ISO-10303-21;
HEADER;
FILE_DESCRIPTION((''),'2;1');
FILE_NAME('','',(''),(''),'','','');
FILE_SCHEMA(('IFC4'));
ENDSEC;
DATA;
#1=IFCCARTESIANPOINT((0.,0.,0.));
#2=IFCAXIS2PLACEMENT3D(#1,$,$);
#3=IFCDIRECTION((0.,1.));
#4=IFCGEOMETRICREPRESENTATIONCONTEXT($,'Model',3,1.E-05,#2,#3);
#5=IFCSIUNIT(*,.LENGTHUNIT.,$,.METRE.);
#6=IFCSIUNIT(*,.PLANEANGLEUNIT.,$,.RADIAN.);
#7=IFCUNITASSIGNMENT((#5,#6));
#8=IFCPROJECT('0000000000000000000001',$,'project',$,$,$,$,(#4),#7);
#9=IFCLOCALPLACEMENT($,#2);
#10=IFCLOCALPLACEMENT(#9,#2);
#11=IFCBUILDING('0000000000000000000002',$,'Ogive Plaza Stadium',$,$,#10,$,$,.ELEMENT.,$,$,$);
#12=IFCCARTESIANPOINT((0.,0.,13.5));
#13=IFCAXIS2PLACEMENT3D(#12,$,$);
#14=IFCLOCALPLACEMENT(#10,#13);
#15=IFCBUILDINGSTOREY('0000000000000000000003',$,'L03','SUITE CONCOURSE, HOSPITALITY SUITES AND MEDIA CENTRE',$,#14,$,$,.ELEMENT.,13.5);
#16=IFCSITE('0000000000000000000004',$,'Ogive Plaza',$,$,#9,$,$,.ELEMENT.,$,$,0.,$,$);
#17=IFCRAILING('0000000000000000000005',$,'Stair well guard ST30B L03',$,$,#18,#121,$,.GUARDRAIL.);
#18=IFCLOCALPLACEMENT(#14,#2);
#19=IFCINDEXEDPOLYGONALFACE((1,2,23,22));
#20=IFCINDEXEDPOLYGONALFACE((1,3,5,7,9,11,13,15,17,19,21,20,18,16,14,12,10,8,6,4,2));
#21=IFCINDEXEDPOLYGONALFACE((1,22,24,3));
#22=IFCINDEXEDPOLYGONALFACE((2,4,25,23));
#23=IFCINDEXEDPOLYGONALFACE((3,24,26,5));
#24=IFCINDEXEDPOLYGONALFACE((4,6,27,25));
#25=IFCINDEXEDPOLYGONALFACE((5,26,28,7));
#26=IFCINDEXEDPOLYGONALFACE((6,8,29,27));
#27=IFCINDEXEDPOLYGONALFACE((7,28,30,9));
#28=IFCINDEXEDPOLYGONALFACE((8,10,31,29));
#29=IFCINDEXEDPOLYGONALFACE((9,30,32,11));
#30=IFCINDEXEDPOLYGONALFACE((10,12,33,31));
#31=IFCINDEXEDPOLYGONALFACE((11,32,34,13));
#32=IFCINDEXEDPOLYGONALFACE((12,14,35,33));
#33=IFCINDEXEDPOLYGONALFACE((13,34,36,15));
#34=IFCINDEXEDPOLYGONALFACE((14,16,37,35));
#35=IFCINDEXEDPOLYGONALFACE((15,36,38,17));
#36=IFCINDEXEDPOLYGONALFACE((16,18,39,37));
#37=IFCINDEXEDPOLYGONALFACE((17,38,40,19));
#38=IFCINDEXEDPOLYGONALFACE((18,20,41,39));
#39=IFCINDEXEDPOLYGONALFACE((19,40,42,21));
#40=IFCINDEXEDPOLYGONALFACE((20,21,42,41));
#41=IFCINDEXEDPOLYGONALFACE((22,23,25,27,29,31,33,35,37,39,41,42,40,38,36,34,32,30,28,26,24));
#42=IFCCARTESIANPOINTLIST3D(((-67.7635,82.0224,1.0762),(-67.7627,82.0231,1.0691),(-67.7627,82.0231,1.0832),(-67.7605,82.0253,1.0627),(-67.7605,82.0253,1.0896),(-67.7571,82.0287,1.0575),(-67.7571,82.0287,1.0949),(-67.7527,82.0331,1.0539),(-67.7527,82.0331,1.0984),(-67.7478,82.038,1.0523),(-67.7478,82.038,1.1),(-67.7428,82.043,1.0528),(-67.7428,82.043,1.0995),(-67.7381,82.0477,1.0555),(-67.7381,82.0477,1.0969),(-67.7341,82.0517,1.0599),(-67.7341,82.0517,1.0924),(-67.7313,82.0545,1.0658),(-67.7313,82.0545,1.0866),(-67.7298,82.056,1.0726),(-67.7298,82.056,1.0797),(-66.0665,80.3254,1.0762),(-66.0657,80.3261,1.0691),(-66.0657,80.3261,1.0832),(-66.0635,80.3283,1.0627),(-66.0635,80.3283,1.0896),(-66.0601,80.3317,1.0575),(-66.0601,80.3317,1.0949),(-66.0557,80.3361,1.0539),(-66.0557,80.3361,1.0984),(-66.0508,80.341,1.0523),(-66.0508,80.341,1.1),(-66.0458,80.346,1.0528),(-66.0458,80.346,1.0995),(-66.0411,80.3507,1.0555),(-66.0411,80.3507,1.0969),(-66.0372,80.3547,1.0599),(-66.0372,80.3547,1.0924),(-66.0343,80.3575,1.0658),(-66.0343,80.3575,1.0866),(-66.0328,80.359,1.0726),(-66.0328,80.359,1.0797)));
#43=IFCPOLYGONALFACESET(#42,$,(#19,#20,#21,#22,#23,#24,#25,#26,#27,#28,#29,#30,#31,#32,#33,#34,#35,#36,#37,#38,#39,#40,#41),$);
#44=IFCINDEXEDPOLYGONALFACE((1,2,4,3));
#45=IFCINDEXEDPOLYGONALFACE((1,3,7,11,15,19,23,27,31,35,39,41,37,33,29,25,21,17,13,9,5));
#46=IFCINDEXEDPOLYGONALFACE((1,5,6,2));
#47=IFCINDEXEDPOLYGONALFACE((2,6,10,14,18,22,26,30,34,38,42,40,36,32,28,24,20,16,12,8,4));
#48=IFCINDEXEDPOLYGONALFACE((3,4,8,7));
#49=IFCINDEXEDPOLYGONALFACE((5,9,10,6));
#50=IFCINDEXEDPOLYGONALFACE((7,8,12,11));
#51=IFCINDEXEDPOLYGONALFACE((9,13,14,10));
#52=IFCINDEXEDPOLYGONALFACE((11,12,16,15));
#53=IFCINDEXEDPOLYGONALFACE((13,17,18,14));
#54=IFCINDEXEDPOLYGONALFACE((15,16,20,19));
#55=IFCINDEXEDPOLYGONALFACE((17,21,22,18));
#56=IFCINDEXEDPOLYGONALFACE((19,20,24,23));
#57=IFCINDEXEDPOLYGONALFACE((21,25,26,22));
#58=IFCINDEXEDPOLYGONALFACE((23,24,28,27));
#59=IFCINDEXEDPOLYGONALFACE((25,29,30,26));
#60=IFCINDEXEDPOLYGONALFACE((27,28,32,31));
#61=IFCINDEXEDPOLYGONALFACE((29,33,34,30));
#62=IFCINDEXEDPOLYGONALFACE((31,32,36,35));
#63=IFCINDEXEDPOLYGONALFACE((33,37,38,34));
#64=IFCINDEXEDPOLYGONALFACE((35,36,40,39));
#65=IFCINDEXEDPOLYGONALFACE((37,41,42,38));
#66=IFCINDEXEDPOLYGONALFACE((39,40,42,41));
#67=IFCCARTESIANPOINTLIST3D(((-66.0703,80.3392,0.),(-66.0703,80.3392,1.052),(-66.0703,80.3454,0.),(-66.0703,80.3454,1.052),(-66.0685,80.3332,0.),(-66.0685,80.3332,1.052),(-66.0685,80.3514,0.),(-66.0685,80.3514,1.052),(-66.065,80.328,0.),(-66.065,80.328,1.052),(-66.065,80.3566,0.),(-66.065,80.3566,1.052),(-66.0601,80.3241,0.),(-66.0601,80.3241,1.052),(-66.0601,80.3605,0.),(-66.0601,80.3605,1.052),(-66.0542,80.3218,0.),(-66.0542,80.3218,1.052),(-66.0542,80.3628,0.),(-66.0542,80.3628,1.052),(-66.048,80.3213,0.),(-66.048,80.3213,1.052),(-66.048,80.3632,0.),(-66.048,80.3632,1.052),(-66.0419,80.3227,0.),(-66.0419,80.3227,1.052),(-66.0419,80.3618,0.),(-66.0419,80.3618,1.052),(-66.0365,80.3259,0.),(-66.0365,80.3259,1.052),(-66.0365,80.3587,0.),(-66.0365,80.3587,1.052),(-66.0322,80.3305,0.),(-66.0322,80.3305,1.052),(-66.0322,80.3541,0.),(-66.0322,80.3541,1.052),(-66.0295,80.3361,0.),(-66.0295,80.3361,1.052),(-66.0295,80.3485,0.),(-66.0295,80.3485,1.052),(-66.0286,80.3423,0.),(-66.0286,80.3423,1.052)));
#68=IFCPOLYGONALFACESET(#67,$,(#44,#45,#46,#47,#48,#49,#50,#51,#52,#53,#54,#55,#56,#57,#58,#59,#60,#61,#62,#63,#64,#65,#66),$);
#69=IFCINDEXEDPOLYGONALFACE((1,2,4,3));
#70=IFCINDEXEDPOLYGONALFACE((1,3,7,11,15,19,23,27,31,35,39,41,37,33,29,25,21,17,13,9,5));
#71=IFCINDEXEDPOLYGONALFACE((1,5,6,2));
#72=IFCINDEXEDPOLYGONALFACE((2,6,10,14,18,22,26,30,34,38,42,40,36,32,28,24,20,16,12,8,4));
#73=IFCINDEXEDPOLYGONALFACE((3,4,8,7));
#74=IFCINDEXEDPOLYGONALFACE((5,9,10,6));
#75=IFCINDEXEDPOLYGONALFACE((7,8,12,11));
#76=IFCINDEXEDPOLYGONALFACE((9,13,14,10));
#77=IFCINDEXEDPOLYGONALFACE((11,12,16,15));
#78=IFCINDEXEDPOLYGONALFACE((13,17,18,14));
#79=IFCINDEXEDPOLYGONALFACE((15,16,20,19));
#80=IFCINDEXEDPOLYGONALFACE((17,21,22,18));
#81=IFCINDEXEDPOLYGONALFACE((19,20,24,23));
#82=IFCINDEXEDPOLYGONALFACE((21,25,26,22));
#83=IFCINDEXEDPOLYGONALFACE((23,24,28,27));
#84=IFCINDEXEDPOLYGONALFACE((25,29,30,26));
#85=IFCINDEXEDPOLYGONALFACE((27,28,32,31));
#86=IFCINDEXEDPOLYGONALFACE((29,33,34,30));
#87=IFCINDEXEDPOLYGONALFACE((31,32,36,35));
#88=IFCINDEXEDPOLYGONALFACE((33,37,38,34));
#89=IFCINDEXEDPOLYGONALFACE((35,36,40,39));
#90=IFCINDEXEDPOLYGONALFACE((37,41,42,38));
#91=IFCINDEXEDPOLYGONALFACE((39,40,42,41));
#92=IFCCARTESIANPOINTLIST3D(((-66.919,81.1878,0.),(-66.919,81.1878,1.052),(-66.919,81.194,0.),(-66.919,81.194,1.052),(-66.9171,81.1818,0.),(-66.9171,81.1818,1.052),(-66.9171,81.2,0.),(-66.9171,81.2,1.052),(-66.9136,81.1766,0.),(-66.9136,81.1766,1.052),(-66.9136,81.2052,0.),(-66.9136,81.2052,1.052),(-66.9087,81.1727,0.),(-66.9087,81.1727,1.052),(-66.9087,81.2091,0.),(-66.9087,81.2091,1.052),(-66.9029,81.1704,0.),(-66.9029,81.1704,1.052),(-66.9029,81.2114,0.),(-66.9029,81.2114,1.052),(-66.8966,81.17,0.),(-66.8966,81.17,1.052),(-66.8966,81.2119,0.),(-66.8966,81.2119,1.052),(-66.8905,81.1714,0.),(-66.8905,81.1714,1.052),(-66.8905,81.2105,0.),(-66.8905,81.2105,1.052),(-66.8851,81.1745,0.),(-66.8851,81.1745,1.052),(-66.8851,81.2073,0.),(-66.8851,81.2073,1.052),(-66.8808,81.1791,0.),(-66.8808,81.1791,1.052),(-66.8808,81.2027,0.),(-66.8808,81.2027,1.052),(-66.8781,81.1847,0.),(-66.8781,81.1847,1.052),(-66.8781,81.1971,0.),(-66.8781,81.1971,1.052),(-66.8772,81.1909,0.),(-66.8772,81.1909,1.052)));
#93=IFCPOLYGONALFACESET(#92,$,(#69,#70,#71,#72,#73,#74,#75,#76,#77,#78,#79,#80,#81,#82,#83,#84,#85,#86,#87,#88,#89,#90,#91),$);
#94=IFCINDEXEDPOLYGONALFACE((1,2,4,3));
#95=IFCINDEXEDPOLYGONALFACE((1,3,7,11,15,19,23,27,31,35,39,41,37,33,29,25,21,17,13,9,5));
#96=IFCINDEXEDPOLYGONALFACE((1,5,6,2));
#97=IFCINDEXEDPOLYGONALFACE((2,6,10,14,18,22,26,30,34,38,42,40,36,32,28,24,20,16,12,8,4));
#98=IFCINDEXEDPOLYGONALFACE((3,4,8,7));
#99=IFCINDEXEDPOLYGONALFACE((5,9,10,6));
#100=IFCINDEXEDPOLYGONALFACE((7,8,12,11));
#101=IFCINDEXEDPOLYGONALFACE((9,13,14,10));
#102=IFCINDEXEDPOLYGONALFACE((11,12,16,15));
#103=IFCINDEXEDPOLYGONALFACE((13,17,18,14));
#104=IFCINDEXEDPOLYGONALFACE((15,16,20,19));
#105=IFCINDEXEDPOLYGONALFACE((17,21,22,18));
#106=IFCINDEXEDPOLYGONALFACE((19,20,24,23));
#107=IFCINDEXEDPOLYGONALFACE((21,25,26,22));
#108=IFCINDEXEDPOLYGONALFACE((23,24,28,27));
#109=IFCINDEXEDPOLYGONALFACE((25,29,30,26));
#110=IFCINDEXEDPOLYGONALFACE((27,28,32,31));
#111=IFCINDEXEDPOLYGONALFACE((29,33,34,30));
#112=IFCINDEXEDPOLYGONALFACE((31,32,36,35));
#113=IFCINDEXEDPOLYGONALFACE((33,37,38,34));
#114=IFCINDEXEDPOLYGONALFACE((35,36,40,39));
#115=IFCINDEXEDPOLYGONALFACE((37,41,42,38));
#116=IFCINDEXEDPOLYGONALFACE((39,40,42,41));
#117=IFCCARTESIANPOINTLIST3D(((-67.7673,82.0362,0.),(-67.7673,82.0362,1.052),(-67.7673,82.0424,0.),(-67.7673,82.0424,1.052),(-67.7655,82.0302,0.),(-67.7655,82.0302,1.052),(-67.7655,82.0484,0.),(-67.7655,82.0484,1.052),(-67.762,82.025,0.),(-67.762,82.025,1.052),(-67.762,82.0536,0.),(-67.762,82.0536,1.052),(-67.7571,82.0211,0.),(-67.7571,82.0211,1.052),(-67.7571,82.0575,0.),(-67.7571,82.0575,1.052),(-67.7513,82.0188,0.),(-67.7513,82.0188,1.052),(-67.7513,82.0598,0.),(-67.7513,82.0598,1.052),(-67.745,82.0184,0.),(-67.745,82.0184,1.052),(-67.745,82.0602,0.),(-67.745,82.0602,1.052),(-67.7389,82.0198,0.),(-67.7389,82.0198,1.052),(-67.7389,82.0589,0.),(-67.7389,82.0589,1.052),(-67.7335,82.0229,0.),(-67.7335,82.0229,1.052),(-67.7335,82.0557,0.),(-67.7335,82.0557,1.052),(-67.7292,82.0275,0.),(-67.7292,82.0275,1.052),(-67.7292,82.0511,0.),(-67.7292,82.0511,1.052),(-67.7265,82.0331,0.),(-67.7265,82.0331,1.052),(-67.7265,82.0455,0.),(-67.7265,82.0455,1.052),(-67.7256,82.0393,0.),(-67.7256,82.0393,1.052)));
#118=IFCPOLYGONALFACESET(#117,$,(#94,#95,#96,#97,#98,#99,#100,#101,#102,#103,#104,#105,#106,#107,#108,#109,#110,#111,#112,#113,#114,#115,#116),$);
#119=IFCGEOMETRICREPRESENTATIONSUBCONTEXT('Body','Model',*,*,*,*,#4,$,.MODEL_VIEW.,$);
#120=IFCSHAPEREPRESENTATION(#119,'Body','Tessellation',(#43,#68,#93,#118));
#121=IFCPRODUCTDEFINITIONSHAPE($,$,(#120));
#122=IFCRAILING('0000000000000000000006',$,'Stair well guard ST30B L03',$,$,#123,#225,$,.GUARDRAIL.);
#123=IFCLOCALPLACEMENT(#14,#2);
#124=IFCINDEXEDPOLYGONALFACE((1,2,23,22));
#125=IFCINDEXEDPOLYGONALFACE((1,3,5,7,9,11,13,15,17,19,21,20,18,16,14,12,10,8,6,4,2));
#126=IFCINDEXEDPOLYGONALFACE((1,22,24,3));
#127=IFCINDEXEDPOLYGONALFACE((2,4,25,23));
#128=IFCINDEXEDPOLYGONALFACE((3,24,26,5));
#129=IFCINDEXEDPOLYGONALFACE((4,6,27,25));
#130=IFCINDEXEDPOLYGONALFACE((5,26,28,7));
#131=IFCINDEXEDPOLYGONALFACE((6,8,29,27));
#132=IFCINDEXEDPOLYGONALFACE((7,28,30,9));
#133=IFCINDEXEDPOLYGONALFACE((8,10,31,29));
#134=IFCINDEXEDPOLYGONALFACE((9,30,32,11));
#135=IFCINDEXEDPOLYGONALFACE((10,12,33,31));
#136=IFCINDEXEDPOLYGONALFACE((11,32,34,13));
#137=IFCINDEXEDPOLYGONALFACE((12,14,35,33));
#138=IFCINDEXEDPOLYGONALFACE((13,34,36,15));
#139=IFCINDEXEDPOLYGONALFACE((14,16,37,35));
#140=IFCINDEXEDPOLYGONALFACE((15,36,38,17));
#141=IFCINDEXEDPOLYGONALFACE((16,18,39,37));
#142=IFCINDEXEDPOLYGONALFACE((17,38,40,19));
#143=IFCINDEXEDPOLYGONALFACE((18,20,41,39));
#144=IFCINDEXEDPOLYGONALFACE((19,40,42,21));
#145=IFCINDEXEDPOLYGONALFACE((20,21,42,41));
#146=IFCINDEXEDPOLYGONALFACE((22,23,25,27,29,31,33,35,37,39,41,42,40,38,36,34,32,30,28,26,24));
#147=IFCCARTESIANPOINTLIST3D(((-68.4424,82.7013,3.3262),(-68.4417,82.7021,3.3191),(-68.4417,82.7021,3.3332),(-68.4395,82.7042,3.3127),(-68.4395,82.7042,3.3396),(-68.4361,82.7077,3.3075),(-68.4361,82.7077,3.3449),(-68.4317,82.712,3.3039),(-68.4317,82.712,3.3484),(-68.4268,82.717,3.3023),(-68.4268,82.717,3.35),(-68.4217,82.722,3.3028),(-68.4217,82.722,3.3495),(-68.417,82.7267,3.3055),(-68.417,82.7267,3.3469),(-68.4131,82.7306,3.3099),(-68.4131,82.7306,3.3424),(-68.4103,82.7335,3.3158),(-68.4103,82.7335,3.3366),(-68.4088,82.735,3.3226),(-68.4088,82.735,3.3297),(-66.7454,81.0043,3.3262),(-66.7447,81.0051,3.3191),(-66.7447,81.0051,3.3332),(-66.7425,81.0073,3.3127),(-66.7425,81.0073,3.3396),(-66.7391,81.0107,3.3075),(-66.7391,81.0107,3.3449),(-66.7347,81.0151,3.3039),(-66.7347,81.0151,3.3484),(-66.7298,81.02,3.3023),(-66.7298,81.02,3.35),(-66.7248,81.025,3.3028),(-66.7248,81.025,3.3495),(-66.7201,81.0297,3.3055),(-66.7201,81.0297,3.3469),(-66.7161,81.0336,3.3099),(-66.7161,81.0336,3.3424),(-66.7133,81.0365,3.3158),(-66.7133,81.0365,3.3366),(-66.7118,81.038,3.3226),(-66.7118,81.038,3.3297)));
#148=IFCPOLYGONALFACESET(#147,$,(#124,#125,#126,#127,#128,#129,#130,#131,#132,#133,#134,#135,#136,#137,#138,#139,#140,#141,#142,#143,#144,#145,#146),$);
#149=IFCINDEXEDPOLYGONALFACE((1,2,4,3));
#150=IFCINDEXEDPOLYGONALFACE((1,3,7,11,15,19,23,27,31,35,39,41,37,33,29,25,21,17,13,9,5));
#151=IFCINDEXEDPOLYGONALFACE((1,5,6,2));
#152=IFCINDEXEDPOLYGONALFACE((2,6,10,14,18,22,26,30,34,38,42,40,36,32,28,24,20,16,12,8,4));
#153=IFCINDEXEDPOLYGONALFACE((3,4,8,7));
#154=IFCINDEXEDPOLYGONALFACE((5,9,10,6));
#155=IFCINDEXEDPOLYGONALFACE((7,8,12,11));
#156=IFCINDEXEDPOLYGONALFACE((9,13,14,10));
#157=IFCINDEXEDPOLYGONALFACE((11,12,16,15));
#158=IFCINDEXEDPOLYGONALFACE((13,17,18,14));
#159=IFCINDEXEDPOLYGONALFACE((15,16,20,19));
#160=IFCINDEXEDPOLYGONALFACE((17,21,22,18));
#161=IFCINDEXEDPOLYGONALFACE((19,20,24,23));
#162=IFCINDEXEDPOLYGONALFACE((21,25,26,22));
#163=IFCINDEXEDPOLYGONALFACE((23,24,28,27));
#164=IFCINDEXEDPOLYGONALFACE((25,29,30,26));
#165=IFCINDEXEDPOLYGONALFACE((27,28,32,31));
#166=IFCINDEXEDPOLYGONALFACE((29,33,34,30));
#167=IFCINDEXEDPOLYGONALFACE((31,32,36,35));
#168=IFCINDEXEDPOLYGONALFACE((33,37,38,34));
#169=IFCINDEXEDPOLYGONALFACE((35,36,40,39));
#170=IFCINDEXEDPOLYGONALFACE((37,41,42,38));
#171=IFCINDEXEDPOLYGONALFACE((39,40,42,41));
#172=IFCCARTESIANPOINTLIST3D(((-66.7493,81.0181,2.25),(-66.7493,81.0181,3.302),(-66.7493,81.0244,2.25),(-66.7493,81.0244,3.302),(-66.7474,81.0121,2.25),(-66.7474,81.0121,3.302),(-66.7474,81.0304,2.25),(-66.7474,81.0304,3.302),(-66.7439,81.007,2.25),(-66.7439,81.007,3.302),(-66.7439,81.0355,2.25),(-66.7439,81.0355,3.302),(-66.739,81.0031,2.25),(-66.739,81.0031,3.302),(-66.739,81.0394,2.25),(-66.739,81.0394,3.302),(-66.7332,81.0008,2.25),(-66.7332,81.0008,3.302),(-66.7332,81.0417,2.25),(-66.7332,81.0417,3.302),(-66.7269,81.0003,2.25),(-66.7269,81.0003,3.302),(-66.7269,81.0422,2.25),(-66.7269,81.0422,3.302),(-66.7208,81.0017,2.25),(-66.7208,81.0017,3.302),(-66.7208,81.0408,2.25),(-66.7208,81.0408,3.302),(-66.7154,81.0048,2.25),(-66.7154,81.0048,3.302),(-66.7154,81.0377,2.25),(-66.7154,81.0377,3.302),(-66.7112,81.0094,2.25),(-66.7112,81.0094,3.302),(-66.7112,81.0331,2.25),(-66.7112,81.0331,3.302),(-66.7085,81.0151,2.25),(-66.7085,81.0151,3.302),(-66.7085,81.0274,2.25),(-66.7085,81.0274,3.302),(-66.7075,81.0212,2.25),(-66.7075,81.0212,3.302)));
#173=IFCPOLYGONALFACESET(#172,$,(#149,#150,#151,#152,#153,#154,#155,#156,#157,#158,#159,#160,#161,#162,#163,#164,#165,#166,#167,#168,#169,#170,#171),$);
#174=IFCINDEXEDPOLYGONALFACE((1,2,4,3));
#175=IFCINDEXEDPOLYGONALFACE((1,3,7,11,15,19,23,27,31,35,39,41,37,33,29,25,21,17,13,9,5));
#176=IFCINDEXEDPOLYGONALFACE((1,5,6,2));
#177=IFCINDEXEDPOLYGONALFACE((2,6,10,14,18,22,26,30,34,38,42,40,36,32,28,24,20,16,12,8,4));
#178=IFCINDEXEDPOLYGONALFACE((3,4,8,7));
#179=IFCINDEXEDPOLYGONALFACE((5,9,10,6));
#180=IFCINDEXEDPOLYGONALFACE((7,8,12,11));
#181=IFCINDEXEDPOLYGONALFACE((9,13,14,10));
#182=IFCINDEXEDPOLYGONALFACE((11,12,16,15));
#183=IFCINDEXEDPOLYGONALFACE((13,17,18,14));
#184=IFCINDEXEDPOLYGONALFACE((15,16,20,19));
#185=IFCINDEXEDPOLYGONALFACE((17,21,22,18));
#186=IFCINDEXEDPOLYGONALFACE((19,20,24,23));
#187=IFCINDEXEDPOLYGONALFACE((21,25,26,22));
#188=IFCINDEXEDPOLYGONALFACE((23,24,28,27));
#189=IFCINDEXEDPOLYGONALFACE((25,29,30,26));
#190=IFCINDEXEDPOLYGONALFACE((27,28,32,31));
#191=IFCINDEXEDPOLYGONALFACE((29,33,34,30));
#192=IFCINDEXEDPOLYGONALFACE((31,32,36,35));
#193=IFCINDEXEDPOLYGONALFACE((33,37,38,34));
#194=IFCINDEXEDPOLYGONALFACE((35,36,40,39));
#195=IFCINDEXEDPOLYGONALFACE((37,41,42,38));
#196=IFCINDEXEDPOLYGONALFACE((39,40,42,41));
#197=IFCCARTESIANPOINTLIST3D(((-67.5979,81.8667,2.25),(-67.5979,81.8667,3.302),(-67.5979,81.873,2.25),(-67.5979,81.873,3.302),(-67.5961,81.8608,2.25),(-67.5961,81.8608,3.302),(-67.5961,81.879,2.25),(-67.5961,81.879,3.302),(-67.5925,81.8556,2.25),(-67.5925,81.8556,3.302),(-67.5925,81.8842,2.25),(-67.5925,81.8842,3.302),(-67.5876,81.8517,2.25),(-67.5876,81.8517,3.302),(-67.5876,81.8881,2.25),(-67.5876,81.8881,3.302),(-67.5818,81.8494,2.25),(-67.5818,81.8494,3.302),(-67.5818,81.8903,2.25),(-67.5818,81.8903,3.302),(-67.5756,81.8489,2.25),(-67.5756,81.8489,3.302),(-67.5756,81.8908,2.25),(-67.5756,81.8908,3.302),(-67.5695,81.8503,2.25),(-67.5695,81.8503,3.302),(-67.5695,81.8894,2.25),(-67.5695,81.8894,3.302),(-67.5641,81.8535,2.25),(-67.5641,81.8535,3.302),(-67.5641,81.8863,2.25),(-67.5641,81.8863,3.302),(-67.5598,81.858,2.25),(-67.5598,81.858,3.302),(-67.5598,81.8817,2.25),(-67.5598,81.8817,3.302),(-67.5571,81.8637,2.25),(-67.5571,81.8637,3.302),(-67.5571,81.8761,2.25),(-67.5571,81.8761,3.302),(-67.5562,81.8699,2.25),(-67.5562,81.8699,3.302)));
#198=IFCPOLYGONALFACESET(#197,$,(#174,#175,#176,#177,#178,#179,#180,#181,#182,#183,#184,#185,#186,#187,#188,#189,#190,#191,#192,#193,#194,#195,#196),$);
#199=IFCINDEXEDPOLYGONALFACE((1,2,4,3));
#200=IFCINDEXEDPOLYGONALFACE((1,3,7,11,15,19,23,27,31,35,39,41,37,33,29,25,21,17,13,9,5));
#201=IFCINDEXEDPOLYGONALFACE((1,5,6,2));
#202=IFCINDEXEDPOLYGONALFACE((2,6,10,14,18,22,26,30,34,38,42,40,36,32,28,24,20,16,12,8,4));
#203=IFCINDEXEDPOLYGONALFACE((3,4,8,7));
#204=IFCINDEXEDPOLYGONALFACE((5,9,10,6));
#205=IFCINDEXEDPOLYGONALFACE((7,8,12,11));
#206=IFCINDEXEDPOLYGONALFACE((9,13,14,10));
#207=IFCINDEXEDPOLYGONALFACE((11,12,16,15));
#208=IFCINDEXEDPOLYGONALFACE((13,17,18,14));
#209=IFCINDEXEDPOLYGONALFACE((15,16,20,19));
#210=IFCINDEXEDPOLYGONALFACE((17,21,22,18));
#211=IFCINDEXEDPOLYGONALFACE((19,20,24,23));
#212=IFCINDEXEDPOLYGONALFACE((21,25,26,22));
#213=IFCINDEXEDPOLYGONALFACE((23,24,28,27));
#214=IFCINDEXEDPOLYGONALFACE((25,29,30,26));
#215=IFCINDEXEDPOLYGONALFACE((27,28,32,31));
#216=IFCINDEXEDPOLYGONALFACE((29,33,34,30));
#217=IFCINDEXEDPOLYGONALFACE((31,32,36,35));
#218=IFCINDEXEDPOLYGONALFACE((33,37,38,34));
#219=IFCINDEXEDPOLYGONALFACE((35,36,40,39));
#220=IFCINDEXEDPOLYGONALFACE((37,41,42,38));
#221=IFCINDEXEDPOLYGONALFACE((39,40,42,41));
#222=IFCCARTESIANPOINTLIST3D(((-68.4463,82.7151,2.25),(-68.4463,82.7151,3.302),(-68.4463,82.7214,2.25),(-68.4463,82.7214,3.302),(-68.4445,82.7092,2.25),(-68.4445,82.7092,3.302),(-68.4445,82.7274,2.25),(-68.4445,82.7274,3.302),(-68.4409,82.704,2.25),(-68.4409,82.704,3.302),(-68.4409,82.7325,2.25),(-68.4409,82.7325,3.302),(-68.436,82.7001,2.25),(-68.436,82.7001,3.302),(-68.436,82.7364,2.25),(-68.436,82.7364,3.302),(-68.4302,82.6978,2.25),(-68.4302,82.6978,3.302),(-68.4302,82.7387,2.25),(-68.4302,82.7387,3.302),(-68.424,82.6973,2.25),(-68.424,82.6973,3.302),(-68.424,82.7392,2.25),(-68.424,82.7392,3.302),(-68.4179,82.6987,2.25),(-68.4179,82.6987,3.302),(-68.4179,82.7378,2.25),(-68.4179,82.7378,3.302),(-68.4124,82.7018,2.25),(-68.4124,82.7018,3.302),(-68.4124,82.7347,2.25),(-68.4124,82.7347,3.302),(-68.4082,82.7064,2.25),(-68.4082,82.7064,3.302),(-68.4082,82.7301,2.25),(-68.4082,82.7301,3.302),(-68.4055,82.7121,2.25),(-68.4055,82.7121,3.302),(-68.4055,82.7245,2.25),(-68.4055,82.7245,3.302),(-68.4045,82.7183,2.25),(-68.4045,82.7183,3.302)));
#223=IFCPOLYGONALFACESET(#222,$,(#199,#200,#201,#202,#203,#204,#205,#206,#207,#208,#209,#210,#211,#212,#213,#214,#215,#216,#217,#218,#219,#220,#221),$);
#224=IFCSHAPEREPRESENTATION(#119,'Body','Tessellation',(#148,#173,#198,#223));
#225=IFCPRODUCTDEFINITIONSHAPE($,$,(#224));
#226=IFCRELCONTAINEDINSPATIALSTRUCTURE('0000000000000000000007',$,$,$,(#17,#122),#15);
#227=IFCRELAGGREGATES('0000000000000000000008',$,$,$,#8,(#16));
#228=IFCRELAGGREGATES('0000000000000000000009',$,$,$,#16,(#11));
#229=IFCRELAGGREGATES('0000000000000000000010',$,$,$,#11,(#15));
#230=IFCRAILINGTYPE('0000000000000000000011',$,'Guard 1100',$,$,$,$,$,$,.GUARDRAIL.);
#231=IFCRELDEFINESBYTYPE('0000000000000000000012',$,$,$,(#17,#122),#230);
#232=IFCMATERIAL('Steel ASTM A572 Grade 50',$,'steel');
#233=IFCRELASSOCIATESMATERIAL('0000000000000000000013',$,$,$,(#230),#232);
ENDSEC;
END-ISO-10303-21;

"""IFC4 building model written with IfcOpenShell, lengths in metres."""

from ifc_helpers import new_model, si_unit, direction, frame, origin, origin_2d, place, context, subcontext, project, spatial, circle, extrude, material, type_object, element, save


model = new_model("IFC4")

# Units and contexts
model_context = context("Model", 3, precision=1e-05, world=origin(), true_north=direction((0.0, 1.0)))
body_context = subcontext(model_context, "Body", "Model", "MODEL_VIEW")
ifc_project = project(units=[si_unit("LENGTHUNIT", "METRE"), si_unit("PLANEANGLEUNIT", "RADIAN")], contexts=[model_context])

# Site, building, storey
site_placement = place(None, origin())
site = spatial("IfcSite", under=ifc_project, at=site_placement, Name="Ogive Plaza", CompositionType="ELEMENT", RefElevation=0.0)
building_placement = place(site_placement, origin())
building = spatial("IfcBuilding", under=site, at=building_placement, Name="Ogive Plaza Stadium", CompositionType="ELEMENT")
storey_placement = place(building_placement, frame((0.0, 0.0, 13.5)))
storey = spatial("IfcBuildingStorey", under=building, at=storey_placement, Name="L03", Description="SUITE CONCOURSE, HOSPITALITY SUITES AND MEDIA CENTRE", CompositionType="ELEMENT", Elevation=13.5)

# Railings
ifc_material_1 = material(Name="Steel ASTM A572 Grade 50", Category="steel")
railing_type_1 = type_object("IfcRailingType", Name="Guard 1100", PredefinedType="GUARDRAIL", material=ifc_material_1)
for number, where, name in (
    (1, (-66.0496, 80.3423, 0.0), "Stair well guard ST30B L03"),
    (2, (-66.7285, 81.0212, 2.25), "Stair well guard ST30B L03"),
):
    element("IfcRailing", number, at=place(storey_placement, frame(where)), inside=storey, type_object=railing_type_1, Name=name, PredefinedType="GUARDRAIL", context=body_context, shape_type="SweptSolid", body=[
        extrude(circle(Radius=0.0239, at=origin_2d()), frame((0.0, 0.0, 1.0762), z_axis=(-0.707107, 0.707107, 0.0), x_axis=(-0.707107, -0.707107, 0.0)), (0.0, 0.0, 1.0), 2.3999),
        extrude(circle(Radius=0.021, at=origin_2d()), origin(), (0.0, 0.0, 1.0), 1.052),
        extrude(circle(Radius=0.021, at=origin_2d()), frame((-0.8486, 0.8486, 0.0)), (0.0, 0.0, 1.0), 1.052),
        extrude(circle(Radius=0.021, at=origin_2d()), frame((-1.697, 1.697, 0.0)), (0.0, 0.0, 1.0), 1.052),
    ])

save(model, "model.ifc")
